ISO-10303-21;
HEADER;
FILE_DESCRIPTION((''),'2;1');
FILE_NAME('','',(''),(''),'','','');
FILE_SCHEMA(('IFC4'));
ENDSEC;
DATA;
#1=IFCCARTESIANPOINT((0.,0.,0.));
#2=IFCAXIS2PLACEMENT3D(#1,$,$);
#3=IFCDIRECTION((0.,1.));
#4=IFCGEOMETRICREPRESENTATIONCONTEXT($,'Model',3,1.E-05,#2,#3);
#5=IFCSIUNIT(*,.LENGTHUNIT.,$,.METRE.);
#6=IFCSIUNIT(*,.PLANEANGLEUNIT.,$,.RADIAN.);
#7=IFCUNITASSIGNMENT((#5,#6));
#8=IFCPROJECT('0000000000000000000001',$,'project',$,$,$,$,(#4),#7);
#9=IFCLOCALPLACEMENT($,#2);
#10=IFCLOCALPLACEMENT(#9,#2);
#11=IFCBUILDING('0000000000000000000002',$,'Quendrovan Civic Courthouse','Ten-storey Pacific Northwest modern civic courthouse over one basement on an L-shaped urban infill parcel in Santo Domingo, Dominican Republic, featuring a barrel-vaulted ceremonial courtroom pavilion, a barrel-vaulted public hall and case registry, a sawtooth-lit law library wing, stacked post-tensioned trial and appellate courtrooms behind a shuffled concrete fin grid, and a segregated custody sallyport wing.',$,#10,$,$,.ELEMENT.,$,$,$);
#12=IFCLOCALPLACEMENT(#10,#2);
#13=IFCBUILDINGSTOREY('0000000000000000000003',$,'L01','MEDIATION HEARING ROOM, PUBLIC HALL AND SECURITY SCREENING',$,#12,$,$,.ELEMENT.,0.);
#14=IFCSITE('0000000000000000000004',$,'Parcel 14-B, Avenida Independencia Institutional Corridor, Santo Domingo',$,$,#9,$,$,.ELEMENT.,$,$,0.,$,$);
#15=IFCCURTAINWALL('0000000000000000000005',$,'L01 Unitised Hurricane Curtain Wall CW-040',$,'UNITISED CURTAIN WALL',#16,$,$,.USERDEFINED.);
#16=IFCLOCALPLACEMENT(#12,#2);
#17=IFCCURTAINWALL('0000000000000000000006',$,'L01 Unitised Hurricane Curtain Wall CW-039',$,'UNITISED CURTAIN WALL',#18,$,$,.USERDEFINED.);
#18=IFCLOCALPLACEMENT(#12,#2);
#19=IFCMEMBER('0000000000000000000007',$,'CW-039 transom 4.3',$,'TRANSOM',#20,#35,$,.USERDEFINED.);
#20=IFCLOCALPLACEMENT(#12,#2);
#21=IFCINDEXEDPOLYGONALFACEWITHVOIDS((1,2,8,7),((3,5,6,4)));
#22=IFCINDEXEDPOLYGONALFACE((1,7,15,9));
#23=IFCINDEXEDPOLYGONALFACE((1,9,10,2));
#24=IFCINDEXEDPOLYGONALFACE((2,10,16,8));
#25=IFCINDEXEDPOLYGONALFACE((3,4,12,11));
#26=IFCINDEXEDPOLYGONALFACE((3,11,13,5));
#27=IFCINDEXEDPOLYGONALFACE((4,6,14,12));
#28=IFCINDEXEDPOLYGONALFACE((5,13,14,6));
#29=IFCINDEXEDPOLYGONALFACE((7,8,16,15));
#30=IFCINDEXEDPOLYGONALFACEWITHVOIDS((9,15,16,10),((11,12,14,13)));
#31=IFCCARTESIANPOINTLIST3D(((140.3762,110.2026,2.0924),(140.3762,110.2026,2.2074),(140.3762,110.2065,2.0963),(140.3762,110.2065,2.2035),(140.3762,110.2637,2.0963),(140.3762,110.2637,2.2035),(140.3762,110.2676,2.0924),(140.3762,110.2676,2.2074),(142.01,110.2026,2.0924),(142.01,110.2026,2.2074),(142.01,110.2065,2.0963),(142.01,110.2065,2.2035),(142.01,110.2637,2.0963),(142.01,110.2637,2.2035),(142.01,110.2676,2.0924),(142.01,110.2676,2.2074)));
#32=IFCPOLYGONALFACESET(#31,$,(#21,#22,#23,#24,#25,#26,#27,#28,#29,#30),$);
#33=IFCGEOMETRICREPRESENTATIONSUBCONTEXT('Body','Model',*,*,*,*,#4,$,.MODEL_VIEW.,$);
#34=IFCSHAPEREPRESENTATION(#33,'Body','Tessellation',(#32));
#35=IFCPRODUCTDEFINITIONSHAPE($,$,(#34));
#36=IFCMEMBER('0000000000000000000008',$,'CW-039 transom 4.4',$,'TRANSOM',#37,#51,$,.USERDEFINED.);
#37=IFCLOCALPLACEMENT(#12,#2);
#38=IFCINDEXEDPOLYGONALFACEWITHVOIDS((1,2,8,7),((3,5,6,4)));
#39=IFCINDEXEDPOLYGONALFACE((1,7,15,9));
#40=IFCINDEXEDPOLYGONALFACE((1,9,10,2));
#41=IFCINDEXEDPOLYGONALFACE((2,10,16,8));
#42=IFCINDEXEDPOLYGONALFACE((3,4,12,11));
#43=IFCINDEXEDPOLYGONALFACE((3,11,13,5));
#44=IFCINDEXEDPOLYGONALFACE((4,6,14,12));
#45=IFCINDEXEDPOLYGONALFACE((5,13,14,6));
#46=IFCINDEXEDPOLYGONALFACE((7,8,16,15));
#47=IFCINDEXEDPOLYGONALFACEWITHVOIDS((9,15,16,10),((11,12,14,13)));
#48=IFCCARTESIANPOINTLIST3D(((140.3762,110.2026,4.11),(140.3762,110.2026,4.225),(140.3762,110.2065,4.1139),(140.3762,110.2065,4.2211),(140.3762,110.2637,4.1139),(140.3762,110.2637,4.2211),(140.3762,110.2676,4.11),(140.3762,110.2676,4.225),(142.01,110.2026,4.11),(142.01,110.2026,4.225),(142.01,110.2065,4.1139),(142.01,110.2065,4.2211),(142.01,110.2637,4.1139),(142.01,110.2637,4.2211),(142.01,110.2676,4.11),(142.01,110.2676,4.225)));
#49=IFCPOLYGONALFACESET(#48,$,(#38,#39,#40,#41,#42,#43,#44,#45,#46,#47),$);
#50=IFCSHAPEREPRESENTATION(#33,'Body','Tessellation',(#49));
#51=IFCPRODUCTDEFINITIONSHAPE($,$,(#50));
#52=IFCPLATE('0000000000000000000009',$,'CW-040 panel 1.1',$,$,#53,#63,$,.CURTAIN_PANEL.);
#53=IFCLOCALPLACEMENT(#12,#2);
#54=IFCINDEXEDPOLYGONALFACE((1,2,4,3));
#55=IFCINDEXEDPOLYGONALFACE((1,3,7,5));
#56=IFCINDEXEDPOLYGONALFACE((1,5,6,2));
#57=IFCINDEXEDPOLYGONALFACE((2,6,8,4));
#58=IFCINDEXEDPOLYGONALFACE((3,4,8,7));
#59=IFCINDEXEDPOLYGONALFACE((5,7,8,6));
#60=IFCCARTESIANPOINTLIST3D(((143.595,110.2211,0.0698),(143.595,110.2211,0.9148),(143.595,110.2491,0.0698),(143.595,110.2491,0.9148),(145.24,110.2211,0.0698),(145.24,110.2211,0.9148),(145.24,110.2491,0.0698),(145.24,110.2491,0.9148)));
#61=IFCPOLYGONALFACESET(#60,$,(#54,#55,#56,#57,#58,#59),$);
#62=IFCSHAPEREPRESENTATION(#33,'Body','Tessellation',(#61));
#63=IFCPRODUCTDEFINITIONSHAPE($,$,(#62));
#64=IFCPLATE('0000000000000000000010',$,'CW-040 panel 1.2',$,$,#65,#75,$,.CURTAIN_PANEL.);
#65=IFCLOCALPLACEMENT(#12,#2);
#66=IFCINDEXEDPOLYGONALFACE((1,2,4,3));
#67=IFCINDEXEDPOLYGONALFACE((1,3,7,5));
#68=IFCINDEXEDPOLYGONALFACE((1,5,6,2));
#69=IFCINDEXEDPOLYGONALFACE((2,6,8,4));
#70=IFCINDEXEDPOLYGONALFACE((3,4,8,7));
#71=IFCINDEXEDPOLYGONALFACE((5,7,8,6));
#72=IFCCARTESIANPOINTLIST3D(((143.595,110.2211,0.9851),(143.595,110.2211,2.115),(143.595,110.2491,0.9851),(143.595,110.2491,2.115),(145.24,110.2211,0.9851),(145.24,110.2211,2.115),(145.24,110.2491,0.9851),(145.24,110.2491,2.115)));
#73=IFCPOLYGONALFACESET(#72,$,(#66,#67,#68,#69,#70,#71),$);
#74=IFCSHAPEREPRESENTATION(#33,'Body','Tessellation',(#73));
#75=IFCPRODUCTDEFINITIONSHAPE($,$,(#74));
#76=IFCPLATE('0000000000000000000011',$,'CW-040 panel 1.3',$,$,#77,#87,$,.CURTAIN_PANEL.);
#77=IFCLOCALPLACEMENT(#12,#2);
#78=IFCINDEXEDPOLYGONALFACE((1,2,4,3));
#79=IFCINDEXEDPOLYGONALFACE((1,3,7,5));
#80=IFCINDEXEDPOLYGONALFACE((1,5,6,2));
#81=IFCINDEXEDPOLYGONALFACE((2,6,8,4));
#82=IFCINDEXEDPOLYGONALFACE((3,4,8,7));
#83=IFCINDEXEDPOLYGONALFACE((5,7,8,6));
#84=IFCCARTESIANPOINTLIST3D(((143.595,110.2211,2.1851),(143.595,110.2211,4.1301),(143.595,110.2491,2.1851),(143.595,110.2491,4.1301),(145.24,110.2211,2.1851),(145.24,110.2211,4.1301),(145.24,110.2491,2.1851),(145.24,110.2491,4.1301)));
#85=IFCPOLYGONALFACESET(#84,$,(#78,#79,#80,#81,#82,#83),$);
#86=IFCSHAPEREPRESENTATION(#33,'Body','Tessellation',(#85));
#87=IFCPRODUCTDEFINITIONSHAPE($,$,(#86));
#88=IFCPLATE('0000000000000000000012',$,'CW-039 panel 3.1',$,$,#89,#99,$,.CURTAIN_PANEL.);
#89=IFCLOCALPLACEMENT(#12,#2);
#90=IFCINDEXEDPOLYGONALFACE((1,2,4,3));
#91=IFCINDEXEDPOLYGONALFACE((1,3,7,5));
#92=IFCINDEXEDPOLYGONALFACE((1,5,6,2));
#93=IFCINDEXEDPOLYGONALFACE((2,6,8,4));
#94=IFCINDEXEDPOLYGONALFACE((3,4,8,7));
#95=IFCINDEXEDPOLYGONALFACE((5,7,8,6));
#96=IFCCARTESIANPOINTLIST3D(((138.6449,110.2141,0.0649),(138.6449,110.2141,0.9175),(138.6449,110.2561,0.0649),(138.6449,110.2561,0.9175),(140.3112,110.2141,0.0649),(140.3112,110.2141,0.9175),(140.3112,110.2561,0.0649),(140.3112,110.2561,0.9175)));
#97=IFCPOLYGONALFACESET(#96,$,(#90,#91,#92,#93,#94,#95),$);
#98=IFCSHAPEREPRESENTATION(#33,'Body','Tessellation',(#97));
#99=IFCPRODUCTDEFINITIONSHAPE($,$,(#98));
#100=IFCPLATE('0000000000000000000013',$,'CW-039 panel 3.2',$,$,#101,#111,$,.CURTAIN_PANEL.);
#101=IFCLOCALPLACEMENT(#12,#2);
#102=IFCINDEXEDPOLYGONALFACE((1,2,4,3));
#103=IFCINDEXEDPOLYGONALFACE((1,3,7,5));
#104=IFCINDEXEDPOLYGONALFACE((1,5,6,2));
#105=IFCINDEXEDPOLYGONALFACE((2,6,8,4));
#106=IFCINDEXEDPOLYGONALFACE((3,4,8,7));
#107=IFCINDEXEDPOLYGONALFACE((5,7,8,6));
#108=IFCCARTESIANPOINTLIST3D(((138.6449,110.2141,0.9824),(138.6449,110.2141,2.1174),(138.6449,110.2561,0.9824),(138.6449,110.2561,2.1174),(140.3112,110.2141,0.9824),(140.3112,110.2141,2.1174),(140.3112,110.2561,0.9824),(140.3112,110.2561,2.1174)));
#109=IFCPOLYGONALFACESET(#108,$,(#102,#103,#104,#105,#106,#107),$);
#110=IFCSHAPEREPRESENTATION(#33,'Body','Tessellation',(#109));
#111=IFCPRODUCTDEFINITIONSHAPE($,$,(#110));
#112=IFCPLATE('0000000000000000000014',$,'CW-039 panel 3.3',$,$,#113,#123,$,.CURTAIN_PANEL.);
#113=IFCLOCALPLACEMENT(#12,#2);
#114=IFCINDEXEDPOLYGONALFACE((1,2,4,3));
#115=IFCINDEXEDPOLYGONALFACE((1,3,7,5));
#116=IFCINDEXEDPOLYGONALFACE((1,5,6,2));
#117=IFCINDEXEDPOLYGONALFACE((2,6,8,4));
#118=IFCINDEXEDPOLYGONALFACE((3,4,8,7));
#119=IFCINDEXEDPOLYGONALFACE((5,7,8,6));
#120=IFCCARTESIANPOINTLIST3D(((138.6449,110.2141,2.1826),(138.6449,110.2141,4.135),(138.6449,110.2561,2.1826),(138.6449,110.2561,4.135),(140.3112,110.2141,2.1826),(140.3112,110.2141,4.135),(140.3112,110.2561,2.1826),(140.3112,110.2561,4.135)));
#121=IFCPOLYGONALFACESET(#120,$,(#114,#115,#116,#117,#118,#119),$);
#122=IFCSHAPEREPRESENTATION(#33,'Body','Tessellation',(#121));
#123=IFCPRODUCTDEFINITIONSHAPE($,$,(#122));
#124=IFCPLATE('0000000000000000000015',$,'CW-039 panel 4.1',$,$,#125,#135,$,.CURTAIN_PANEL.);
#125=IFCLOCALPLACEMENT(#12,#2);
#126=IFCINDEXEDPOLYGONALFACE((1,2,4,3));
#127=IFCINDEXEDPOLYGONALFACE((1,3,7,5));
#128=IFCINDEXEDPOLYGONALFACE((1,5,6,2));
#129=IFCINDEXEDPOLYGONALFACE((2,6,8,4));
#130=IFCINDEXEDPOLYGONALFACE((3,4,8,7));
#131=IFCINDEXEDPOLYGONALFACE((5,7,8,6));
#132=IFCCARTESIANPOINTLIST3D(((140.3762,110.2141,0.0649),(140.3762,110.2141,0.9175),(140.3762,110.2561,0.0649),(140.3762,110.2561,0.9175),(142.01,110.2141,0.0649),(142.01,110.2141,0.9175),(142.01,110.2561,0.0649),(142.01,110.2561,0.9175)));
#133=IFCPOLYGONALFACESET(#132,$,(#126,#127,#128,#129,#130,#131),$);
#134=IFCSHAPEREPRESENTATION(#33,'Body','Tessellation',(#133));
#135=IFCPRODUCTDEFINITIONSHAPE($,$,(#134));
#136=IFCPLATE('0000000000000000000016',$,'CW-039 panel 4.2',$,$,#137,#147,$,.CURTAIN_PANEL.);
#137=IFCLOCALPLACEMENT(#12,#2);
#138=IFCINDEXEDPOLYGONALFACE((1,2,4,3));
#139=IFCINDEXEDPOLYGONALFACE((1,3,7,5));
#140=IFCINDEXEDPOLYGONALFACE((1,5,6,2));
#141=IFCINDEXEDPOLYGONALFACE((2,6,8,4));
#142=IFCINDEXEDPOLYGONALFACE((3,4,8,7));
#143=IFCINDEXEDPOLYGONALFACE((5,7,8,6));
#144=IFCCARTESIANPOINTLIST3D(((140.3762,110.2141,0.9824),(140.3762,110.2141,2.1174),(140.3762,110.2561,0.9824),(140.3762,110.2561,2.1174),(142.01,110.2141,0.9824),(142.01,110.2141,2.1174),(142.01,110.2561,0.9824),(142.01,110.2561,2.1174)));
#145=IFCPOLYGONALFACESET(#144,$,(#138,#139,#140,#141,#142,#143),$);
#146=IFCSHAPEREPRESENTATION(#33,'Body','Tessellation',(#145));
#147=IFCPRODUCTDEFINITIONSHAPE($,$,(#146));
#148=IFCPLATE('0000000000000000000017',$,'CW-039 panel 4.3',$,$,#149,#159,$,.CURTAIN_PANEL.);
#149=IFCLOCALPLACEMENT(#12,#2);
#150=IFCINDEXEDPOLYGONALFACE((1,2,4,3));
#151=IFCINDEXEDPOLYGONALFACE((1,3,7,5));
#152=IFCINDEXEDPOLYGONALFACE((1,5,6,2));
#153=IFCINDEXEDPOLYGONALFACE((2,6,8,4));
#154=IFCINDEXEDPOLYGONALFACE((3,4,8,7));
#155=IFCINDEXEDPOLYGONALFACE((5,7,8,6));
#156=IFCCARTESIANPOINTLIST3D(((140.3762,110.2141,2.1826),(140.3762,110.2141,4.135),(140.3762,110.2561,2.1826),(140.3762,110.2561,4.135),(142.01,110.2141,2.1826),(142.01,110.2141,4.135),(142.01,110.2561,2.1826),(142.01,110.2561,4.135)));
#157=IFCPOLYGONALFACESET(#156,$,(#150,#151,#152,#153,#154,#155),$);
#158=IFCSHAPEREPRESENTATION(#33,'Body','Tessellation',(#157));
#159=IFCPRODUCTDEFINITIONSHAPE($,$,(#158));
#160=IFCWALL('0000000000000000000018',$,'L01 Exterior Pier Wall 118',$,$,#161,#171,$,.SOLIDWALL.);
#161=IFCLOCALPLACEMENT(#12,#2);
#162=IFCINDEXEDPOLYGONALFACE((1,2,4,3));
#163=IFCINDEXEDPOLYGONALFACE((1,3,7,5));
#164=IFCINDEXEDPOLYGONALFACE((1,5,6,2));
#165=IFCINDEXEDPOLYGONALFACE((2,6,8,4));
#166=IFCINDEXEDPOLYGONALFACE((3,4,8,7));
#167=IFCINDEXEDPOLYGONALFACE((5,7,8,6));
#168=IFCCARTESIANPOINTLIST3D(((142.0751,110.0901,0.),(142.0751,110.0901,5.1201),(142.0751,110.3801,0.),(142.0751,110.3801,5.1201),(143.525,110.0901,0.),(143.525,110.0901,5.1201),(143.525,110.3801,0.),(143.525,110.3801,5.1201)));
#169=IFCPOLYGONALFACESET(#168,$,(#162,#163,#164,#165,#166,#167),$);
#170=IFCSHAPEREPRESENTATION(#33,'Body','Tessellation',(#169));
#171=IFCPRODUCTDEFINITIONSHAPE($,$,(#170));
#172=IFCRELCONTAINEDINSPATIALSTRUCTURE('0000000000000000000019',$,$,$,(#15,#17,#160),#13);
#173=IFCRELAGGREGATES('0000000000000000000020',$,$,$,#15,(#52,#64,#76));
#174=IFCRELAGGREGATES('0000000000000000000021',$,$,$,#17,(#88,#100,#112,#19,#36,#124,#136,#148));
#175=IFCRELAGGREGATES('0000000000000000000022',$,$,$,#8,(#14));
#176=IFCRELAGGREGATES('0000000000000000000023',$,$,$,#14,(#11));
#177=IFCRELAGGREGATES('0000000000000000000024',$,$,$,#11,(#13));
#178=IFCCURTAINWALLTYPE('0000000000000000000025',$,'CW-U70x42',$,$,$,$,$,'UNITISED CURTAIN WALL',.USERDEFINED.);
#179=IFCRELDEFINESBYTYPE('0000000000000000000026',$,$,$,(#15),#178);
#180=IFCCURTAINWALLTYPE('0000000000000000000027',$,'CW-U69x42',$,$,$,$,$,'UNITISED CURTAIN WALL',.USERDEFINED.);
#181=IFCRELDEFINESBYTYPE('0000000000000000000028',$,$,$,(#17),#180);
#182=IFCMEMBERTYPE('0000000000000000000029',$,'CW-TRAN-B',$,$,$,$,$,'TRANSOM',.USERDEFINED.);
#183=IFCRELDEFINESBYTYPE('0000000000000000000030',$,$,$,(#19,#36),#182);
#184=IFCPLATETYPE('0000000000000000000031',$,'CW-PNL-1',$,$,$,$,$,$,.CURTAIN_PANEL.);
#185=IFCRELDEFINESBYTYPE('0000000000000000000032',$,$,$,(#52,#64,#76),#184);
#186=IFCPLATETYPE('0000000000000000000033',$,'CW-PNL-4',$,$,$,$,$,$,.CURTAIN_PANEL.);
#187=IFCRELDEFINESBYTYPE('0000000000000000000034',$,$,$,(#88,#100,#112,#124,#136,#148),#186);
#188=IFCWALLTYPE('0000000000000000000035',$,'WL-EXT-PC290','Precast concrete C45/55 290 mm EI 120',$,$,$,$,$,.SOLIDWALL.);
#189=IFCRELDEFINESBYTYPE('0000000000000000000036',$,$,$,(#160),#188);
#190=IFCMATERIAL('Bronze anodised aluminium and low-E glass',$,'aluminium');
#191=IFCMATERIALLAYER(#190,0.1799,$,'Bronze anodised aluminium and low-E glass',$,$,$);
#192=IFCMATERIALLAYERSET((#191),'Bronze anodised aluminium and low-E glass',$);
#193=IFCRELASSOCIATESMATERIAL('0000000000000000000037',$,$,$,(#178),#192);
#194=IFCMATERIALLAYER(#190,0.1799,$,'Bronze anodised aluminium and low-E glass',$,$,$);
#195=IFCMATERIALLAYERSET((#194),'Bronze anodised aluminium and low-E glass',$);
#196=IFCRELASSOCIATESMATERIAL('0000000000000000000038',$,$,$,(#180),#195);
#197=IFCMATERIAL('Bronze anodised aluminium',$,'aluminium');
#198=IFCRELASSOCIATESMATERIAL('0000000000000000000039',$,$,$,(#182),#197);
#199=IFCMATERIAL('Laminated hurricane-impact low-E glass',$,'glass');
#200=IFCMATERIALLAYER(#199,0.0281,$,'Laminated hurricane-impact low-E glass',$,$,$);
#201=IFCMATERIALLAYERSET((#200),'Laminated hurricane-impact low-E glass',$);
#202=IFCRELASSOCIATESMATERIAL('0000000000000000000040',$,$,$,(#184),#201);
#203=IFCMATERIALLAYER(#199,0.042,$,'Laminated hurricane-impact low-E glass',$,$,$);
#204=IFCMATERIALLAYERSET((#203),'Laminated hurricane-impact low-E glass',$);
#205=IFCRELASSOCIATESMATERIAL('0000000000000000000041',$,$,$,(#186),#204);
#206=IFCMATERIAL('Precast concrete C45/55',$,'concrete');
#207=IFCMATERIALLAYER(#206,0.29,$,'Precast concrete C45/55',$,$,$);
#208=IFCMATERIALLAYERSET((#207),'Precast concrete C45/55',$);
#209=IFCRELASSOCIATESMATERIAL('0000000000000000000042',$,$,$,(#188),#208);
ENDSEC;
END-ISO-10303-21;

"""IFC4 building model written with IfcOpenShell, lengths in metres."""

from ifc_helpers import new_model, si_unit, direction, frame, frame_2d, origin, origin_2d, place, context, subcontext, project, spatial, rectangle, hollow_rectangle, extrude, material, layer, layer_set, material_profile, profile_set, type_object, element, aggregate, save


model = new_model("IFC4")

# Units and contexts
model_context = context("Model", 3, precision=1e-05, world=origin(), true_north=direction((0.0, 1.0)))
body_context = subcontext(model_context, "Body", "Model", "MODEL_VIEW")
ifc_project = project(units=[si_unit("LENGTHUNIT", "METRE"), si_unit("PLANEANGLEUNIT", "RADIAN")], contexts=[model_context])

# Site, building, storey
site_placement = place(None, origin())
site = spatial("IfcSite", under=ifc_project, at=site_placement, Name="Parcel 14-B, Avenida Independencia Institutional Corridor, Santo Domingo", CompositionType="ELEMENT", RefElevation=0.0)
building_placement = place(site_placement, origin())
building = spatial("IfcBuilding", under=site, at=building_placement, Name="Quendrovan Civic Courthouse", Description="Ten-storey Pacific Northwest modern civic courthouse over one basement on an L-shaped urban infill parcel in Santo Domingo, Dominican Republic, featuring a barrel-vaulted ceremonial courtroom pavilion, a barrel-vaulted public hall and case registry, a sawtooth-lit law library wing, stacked post-tensioned trial and appellate courtrooms behind a shuffled concrete fin grid, and a segregated custody sallyport wing.", CompositionType="ELEMENT")
storey_placement = place(building_placement, origin())
storey = spatial("IfcBuildingStorey", under=building, at=storey_placement, Name="L01", Description="MEDIATION HEARING ROOM, PUBLIC HALL AND SECURITY SCREENING", CompositionType="ELEMENT", Elevation=0.0)

# Curtain walls
ifc_material_1 = material(Name="Bronze anodised aluminium and low-E glass", Category="aluminium")
ifc_layer_1 = layer(ifc_material_1, 0.1799, Name="Bronze anodised aluminium and low-E glass")
ifc_layer_set_1 = layer_set([ifc_layer_1], Name="Bronze anodised aluminium and low-E glass")
curtain_wall_type_1 = type_object("IfcCurtainWallType", Name="CW-U70x42", ElementType="UNITISED CURTAIN WALL", PredefinedType="USERDEFINED", material=ifc_layer_set_1)
curtain_wall_1_placement = place(storey_placement, origin())
curtain_wall_1 = element("IfcCurtainWall", 1, at=curtain_wall_1_placement, inside=storey, type_object=curtain_wall_type_1, Name="L01 Unitised Hurricane Curtain Wall CW-040", ObjectType="UNITISED CURTAIN WALL", PredefinedType="USERDEFINED")
ifc_material_2 = material(Name="Bronze anodised aluminium", Category="aluminium")
ifc_layer_2 = layer(ifc_material_1, 0.1799, Name="Bronze anodised aluminium and low-E glass")
ifc_layer_set_2 = layer_set([ifc_layer_2], Name="Bronze anodised aluminium and low-E glass")
curtain_wall_type_2 = type_object("IfcCurtainWallType", Name="CW-U69x42", ElementType="UNITISED CURTAIN WALL", PredefinedType="USERDEFINED", material=ifc_layer_set_2)
curtain_wall_2_placement = place(storey_placement, origin())
curtain_wall_2 = element("IfcCurtainWall", 2, at=curtain_wall_2_placement, inside=storey, type_object=curtain_wall_type_2, Name="L01 Unitised Hurricane Curtain Wall CW-039", ObjectType="UNITISED CURTAIN WALL", PredefinedType="USERDEFINED")

# Members
ifc_material_profile_1 = material_profile(ifc_material_2, hollow_rectangle(XDim=0.0649, YDim=0.115, WallThickness=0.0039, at=origin_2d()), Name="CW-TRAN-65x115")
ifc_profile_set_1 = profile_set([ifc_material_profile_1], Name="Bronze anodised aluminium")
member_type_1 = type_object("IfcMemberType", Name="CW-TRAN-B", ElementType="TRANSOM", PredefinedType="USERDEFINED", material=ifc_profile_set_1)
member_1_placement = place(storey_placement, frame((140.3762, 110.2351, 2.1499), z_axis=(1.0, 0.0, 0.0), x_axis=(0.0, 1.0, 0.0)))
member_1 = element("IfcMember", 3, at=member_1_placement, type_object=member_type_1, Name="CW-039 transom 4.3", ObjectType="TRANSOM", PredefinedType="USERDEFINED", context=body_context, shape_type="SweptSolid", body=[
    extrude(hollow_rectangle(XDim=0.0649, YDim=0.115, WallThickness=0.0039, at=origin_2d()), origin(), (0.0, 0.0, 1.0), 1.6338),
])
member_2_placement = place(storey_placement, frame((140.3762, 110.2351, 4.1675), z_axis=(1.0, 0.0, 0.0), x_axis=(0.0, 1.0, 0.0)))
member_2 = element("IfcMember", 4, at=member_2_placement, type_object=member_type_1, Name="CW-039 transom 4.4", ObjectType="TRANSOM", PredefinedType="USERDEFINED", context=body_context, shape_type="SweptSolid", body=[
    extrude(hollow_rectangle(XDim=0.0649, YDim=0.115, WallThickness=0.0039, at=origin_2d()), origin(), (0.0, 0.0, 1.0), 1.6338),
])

# Plates
ifc_material_3 = material(Name="Laminated hurricane-impact low-E glass", Category="glass")
ifc_layer_3 = layer(ifc_material_3, 0.0281, Name="Laminated hurricane-impact low-E glass")
ifc_layer_set_3 = layer_set([ifc_layer_3], Name="Laminated hurricane-impact low-E glass")
plate_type_1 = type_object("IfcPlateType", Name="CW-PNL-1", PredefinedType="CURTAIN_PANEL", material=ifc_layer_set_3)
plate_1_placement = place(storey_placement, frame((144.4175, 110.2351, 0.0698), z_axis=(0.0, 0.0, 1.0), x_axis=(1.0, 0.0, 0.0)))
plate_1 = element("IfcPlate", 5, at=plate_1_placement, type_object=plate_type_1, Name="CW-040 panel 1.1", PredefinedType="CURTAIN_PANEL", context=body_context, shape_type="SweptSolid", body=[
    extrude(rectangle(XDim=1.645, YDim=0.0281, at=origin_2d()), origin(), (0.0, 0.0, 1.0), 0.845),
])
plate_2_placement = place(storey_placement, frame((144.4175, 110.2351, 0.9851), z_axis=(0.0, 0.0, 1.0), x_axis=(1.0, 0.0, 0.0)))
plate_2 = element("IfcPlate", 6, at=plate_2_placement, type_object=plate_type_1, Name="CW-040 panel 1.2", PredefinedType="CURTAIN_PANEL", context=body_context, shape_type="SweptSolid", body=[
    extrude(rectangle(XDim=1.645, YDim=0.0281, at=origin_2d()), origin(), (0.0, 0.0, 1.0), 1.1299),
])
plate_3_placement = place(storey_placement, frame((144.4175, 110.2351, 2.1851), z_axis=(0.0, 0.0, 1.0), x_axis=(1.0, 0.0, 0.0)))
plate_3 = element("IfcPlate", 7, at=plate_3_placement, type_object=plate_type_1, Name="CW-040 panel 1.3", PredefinedType="CURTAIN_PANEL", context=body_context, shape_type="SweptSolid", body=[
    extrude(rectangle(XDim=1.645, YDim=0.0281, at=origin_2d()), origin(), (0.0, 0.0, 1.0), 1.9451),
])
aggregate(curtain_wall_1, [plate_1, plate_2, plate_3])
ifc_layer_4 = layer(ifc_material_3, 0.042, Name="Laminated hurricane-impact low-E glass")
ifc_layer_set_4 = layer_set([ifc_layer_4], Name="Laminated hurricane-impact low-E glass")
plate_type_2 = type_object("IfcPlateType", Name="CW-PNL-4", PredefinedType="CURTAIN_PANEL", material=ifc_layer_set_4)
plate_4_placement = place(storey_placement, frame((139.478, 110.2351, 0.0649), z_axis=(0.0, 0.0, 1.0), x_axis=(1.0, 0.0, 0.0)))
plate_4 = element("IfcPlate", 8, at=plate_4_placement, type_object=plate_type_2, Name="CW-039 panel 3.1", PredefinedType="CURTAIN_PANEL", context=body_context, shape_type="SweptSolid", body=[
    extrude(rectangle(XDim=1.6663, YDim=0.042, at=origin_2d()), origin(), (0.0, 0.0, 1.0), 0.8525),
])
plate_5_placement = place(storey_placement, frame((139.478, 110.2351, 0.9824), z_axis=(0.0, 0.0, 1.0), x_axis=(1.0, 0.0, 0.0)))
plate_5 = element("IfcPlate", 9, at=plate_5_placement, type_object=plate_type_2, Name="CW-039 panel 3.2", PredefinedType="CURTAIN_PANEL", context=body_context, shape_type="SweptSolid", body=[
    extrude(rectangle(XDim=1.6663, YDim=0.042, at=origin_2d()), origin(), (0.0, 0.0, 1.0), 1.135),
])
plate_6_placement = place(storey_placement, frame((139.478, 110.2351, 2.1826), z_axis=(0.0, 0.0, 1.0), x_axis=(1.0, 0.0, 0.0)))
plate_6 = element("IfcPlate", 10, at=plate_6_placement, type_object=plate_type_2, Name="CW-039 panel 3.3", PredefinedType="CURTAIN_PANEL", context=body_context, shape_type="SweptSolid", body=[
    extrude(rectangle(XDim=1.6663, YDim=0.042, at=origin_2d()), origin(), (0.0, 0.0, 1.0), 1.9524),
])
plate_7_placement = place(storey_placement, frame((141.1931, 110.2351, 0.0649), z_axis=(0.0, 0.0, 1.0), x_axis=(1.0, 0.0, 0.0)))
plate_7 = element("IfcPlate", 11, at=plate_7_placement, type_object=plate_type_2, Name="CW-039 panel 4.1", PredefinedType="CURTAIN_PANEL", context=body_context, shape_type="SweptSolid", body=[
    extrude(rectangle(XDim=1.6338, YDim=0.042, at=origin_2d()), origin(), (0.0, 0.0, 1.0), 0.8525),
])
plate_8_placement = place(storey_placement, frame((141.1931, 110.2351, 0.9824), z_axis=(0.0, 0.0, 1.0), x_axis=(1.0, 0.0, 0.0)))
plate_8 = element("IfcPlate", 12, at=plate_8_placement, type_object=plate_type_2, Name="CW-039 panel 4.2", PredefinedType="CURTAIN_PANEL", context=body_context, shape_type="SweptSolid", body=[
    extrude(rectangle(XDim=1.6338, YDim=0.042, at=origin_2d()), origin(), (0.0, 0.0, 1.0), 1.135),
])
plate_9_placement = place(storey_placement, frame((141.1931, 110.2351, 2.1826), z_axis=(0.0, 0.0, 1.0), x_axis=(1.0, 0.0, 0.0)))
plate_9 = element("IfcPlate", 13, at=plate_9_placement, type_object=plate_type_2, Name="CW-039 panel 4.3", PredefinedType="CURTAIN_PANEL", context=body_context, shape_type="SweptSolid", body=[
    extrude(rectangle(XDim=1.6338, YDim=0.042, at=origin_2d()), origin(), (0.0, 0.0, 1.0), 1.9524),
])
aggregate(curtain_wall_2, [plate_4, plate_5, plate_6, member_1, member_2, plate_7, plate_8, plate_9])

# Wall
ifc_material_4 = material(Name="Precast concrete C45/55", Category="concrete")
ifc_layer_5 = layer(ifc_material_4, 0.29, Name="Precast concrete C45/55")
ifc_layer_set_5 = layer_set([ifc_layer_5], Name="Precast concrete C45/55")
wall_type = type_object("IfcWallType", Name="WL-EXT-PC290", Description="Precast concrete C45/55 290 mm EI 120", PredefinedType="SOLIDWALL", material=ifc_layer_set_5)
wall_placement = place(storey_placement, frame((142.075, 110.2351, 0.0), z_axis=(0.0, 0.0, 1.0), x_axis=(1.0, 0.0, 0.0)))
element("IfcWall", 14, at=wall_placement, inside=storey, type_object=wall_type, Name="L01 Exterior Pier Wall 118", PredefinedType="SOLIDWALL", context=body_context, shape_type="SweptSolid", body=[
    extrude(rectangle(XDim=1.45, YDim=0.29, at=frame_2d((0.7251, 0.0))), origin(), (0.0, 0.0, 1.0), 5.1201),
])

save(model, "model.ifc")
